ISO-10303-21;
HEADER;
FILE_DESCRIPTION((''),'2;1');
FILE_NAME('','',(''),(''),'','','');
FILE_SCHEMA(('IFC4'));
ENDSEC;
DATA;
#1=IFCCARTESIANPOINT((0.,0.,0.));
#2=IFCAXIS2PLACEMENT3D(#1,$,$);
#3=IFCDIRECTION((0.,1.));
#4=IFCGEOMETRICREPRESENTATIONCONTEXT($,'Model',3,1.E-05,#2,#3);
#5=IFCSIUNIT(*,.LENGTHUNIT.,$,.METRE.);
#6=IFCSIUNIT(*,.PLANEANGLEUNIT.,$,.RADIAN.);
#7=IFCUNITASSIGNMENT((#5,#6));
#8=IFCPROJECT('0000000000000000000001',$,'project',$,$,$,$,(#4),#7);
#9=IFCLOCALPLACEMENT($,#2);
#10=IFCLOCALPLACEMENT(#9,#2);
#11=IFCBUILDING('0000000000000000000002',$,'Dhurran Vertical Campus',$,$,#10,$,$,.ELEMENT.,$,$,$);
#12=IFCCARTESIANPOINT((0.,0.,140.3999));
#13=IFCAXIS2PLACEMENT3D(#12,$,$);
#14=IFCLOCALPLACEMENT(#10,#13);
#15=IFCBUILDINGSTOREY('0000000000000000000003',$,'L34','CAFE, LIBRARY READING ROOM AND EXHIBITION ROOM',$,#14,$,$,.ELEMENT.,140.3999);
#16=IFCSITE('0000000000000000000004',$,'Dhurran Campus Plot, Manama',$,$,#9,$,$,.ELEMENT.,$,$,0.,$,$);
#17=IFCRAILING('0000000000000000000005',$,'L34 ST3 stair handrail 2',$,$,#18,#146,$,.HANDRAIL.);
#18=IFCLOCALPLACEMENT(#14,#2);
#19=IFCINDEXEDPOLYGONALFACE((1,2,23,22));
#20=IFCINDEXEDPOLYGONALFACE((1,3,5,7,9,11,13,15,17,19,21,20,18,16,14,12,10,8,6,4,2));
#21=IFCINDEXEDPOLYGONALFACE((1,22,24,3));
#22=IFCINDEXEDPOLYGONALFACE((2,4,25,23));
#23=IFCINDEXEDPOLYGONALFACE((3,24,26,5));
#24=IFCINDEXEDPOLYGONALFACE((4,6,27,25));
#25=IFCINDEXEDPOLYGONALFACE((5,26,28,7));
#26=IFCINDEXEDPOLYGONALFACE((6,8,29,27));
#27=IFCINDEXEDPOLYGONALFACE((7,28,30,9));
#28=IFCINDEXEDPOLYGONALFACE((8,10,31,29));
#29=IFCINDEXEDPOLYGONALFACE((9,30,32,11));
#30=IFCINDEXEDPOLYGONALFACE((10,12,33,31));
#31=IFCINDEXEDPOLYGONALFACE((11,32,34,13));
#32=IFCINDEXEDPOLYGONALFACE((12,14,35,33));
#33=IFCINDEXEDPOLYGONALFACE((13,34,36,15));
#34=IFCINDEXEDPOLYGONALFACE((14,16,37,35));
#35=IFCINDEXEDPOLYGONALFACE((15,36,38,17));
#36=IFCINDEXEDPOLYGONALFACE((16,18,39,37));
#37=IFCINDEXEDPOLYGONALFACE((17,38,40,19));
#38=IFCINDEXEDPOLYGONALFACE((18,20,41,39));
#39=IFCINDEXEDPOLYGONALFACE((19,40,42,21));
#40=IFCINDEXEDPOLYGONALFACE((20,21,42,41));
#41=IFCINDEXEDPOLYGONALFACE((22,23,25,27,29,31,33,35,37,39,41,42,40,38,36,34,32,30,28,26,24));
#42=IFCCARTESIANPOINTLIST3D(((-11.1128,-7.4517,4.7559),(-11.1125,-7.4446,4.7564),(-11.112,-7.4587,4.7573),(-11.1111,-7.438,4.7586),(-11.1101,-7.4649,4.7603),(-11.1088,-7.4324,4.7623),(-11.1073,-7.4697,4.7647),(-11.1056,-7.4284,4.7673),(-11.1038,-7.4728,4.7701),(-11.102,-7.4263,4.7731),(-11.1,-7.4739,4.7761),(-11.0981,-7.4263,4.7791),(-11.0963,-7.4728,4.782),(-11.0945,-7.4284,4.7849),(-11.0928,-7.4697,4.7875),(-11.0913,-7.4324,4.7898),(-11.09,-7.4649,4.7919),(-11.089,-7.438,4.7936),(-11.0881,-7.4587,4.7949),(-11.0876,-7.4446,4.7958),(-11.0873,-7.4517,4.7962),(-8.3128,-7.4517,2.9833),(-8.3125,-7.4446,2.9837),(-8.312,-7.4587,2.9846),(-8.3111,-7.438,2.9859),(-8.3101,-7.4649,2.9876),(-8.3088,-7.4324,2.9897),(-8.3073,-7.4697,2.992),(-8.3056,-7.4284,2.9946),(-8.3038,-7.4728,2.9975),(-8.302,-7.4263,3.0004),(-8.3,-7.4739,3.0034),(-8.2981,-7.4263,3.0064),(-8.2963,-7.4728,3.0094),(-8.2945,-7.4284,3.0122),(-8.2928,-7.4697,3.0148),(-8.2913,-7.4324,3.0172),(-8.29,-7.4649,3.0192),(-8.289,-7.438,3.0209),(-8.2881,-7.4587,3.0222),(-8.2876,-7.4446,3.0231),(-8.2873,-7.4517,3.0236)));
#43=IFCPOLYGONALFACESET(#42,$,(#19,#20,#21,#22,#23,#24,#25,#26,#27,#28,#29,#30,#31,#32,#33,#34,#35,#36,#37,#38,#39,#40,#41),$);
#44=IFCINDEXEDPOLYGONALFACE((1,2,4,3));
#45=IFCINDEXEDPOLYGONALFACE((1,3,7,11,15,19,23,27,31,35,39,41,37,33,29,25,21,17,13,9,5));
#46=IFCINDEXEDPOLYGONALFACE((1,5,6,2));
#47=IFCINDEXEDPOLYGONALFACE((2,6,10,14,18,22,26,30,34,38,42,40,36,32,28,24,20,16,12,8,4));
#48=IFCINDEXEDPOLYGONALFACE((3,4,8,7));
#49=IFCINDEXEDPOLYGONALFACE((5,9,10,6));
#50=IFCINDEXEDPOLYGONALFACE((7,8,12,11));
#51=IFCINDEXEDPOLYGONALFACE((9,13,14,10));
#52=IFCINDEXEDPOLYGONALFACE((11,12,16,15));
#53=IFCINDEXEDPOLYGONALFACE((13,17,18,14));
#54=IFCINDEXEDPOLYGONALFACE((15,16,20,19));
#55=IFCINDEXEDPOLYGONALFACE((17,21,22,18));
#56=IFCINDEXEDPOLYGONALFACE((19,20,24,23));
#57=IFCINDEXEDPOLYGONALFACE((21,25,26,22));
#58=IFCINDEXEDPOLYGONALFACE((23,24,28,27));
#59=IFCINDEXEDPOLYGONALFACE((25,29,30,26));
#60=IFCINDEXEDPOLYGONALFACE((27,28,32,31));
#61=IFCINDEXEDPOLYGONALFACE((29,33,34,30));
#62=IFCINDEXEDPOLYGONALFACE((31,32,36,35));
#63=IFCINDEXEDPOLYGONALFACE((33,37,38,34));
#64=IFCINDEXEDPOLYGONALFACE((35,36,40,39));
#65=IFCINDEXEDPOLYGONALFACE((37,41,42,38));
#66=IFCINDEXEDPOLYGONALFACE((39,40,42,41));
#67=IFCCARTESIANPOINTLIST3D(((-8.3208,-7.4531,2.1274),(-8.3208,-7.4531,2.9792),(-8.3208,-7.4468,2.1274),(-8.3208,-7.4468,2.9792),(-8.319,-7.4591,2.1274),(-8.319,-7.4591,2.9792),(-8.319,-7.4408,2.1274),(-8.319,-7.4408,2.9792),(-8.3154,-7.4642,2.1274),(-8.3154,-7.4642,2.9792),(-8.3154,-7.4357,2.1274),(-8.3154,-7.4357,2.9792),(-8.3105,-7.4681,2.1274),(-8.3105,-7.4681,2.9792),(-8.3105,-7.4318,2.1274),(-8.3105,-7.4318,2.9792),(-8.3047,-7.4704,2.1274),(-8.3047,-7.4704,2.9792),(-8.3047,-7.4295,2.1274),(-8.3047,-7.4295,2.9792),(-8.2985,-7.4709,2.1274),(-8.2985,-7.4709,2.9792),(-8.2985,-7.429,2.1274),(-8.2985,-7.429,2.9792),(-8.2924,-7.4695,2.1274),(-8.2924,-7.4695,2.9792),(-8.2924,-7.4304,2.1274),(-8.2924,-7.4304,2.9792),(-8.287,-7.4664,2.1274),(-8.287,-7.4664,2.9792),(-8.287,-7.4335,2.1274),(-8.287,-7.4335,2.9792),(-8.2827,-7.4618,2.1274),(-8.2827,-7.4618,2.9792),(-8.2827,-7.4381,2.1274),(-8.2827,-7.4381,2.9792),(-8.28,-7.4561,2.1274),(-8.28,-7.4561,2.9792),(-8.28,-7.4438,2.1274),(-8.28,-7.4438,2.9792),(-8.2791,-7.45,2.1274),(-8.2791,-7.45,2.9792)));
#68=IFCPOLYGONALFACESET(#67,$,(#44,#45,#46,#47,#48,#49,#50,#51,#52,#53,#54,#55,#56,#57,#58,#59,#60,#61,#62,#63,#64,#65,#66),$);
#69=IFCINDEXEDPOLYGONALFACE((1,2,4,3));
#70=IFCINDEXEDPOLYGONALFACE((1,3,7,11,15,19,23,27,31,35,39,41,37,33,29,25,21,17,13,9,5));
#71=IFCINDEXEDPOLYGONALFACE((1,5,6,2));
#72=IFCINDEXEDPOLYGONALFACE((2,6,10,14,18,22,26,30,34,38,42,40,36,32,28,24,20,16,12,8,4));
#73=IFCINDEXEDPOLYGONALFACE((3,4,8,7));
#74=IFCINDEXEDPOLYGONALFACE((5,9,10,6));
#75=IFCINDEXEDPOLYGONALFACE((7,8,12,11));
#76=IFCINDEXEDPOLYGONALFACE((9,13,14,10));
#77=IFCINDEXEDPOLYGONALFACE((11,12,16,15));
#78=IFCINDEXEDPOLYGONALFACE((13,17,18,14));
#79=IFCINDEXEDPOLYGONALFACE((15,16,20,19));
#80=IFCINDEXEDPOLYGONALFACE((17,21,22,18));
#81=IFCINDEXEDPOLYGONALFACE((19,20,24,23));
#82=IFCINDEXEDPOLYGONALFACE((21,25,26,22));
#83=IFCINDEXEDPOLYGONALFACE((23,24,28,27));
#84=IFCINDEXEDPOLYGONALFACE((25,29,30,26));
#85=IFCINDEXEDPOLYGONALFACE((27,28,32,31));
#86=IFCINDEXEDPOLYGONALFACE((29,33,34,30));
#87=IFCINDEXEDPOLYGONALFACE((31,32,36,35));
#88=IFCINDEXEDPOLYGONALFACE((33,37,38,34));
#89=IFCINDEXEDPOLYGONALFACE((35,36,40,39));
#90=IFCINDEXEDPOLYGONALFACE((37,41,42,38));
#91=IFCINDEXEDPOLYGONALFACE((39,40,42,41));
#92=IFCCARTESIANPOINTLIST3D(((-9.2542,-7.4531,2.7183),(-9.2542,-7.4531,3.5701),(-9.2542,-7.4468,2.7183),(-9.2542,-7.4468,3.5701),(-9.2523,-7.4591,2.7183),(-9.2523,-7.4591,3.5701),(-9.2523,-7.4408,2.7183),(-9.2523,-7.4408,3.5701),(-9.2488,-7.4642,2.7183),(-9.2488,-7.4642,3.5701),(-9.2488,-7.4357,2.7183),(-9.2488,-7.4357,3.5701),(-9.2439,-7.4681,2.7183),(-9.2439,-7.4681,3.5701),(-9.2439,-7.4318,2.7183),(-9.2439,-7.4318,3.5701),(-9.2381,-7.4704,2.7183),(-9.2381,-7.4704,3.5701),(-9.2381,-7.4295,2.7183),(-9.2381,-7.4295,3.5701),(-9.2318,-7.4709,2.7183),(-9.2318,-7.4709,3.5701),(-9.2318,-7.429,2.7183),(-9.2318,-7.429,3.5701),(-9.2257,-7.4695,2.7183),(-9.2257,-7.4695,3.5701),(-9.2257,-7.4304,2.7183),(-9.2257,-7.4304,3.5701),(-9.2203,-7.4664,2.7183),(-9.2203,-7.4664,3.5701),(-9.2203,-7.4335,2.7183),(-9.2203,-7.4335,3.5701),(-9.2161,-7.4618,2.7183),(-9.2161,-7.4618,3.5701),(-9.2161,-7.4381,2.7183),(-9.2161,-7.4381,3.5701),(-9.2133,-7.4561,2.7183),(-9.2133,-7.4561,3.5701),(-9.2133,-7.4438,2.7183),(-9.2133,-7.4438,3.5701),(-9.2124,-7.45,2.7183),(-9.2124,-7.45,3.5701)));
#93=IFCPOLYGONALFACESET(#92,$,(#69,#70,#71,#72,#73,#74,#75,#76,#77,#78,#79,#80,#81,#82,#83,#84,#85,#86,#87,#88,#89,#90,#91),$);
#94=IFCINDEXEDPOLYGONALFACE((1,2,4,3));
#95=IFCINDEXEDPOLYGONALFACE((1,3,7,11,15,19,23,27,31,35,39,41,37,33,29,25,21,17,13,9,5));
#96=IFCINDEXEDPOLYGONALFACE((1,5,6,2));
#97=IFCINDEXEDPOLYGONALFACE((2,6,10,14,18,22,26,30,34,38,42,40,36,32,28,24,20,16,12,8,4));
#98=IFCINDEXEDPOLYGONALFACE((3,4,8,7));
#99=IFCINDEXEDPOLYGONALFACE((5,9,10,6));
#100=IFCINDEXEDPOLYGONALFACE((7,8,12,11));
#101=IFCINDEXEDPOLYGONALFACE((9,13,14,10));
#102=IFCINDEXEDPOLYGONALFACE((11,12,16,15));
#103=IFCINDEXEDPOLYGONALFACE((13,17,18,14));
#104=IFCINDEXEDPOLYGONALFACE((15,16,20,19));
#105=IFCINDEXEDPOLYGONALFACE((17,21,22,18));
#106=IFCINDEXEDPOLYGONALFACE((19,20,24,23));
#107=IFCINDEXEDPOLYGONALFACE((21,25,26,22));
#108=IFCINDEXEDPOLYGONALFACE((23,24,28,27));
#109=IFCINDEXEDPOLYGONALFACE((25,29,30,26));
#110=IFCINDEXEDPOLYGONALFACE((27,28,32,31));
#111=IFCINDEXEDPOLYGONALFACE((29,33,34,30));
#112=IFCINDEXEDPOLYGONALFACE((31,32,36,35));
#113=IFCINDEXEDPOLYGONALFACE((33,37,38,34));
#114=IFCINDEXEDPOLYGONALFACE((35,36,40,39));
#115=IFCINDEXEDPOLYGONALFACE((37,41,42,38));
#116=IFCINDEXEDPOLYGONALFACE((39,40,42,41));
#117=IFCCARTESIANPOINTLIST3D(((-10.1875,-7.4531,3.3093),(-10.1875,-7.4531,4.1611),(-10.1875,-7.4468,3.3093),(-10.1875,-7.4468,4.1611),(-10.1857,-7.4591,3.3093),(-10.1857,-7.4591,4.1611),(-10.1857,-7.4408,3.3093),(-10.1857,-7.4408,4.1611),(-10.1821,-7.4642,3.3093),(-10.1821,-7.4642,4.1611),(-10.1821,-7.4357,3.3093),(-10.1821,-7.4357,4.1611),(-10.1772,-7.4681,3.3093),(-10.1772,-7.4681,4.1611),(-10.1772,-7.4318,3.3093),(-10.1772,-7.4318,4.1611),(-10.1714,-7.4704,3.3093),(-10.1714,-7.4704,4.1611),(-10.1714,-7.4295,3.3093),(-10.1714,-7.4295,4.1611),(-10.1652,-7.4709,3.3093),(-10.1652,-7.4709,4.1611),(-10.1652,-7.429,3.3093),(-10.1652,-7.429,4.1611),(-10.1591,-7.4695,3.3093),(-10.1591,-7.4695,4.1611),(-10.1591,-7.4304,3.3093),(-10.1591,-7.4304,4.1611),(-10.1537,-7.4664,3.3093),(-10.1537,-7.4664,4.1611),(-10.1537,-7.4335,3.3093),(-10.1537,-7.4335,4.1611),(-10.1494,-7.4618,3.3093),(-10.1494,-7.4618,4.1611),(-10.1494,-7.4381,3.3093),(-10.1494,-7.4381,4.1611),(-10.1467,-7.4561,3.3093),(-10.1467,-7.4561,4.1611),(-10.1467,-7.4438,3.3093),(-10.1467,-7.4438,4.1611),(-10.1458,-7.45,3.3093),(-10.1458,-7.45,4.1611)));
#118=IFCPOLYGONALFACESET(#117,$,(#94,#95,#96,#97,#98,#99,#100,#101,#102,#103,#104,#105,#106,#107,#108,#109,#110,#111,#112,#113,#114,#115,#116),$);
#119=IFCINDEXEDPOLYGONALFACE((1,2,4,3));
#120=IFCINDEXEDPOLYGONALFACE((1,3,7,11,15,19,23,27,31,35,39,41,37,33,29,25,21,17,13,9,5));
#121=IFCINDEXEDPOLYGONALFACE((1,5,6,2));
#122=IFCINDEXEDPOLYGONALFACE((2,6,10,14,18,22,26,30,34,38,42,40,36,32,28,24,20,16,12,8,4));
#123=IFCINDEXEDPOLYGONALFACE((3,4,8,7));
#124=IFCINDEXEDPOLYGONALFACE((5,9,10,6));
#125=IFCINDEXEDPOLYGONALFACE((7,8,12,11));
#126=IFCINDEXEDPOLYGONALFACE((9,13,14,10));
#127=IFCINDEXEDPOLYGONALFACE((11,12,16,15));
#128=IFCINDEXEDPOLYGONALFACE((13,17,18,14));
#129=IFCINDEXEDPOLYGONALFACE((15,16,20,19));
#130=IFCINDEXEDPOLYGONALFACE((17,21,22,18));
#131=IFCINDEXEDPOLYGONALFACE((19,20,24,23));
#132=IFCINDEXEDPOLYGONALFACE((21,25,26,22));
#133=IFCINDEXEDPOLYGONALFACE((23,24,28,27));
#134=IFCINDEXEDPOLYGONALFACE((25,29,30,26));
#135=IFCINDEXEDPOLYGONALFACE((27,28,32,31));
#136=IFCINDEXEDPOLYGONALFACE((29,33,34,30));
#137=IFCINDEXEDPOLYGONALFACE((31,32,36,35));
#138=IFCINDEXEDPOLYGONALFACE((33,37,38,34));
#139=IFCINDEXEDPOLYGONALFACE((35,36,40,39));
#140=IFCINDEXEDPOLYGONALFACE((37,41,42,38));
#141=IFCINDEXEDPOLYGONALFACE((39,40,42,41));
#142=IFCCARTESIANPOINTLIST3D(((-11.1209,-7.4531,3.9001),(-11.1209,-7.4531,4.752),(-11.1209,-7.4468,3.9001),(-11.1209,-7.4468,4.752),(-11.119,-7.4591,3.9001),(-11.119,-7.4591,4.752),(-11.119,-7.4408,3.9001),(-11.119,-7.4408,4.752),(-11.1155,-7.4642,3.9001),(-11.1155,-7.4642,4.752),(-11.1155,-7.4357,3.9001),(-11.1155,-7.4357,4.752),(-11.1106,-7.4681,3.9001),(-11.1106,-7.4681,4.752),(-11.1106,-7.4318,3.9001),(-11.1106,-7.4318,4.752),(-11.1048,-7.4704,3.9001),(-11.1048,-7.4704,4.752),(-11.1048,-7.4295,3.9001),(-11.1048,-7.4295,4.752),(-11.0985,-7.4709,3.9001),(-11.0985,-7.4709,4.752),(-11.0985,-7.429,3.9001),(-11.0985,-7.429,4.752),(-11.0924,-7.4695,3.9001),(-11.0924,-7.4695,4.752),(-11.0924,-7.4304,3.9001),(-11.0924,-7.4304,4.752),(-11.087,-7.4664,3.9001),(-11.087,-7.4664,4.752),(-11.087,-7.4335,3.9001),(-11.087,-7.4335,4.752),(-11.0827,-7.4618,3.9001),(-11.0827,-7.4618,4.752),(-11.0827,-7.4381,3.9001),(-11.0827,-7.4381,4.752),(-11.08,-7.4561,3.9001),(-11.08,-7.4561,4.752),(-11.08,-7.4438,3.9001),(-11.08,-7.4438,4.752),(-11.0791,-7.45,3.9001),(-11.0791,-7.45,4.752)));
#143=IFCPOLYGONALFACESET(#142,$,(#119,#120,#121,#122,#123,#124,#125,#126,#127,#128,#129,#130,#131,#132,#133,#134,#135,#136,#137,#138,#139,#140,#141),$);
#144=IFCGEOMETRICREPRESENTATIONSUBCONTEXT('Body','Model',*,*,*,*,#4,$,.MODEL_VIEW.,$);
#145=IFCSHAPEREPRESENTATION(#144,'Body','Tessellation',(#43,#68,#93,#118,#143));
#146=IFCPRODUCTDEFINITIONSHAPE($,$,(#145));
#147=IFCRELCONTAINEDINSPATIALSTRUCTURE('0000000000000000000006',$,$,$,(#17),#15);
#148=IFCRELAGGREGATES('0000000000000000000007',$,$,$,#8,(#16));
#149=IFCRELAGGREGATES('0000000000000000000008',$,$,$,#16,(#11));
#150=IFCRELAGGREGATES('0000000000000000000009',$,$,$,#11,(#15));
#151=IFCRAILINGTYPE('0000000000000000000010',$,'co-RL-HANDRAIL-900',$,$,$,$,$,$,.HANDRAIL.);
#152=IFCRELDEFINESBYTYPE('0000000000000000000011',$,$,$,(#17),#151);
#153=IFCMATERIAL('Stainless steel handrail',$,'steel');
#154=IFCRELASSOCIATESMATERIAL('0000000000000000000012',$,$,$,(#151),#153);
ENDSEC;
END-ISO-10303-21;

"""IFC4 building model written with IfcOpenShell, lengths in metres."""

from ifc_helpers import new_model, si_unit, direction, frame, origin, origin_2d, place, context, subcontext, project, spatial, circle, extrude, material, type_object, element, save


model = new_model("IFC4")

# Units and contexts
model_context = context("Model", 3, precision=1e-05, world=origin(), true_north=direction((0.0, 1.0)))
body_context = subcontext(model_context, "Body", "Model", "MODEL_VIEW")
ifc_project = project(units=[si_unit("LENGTHUNIT", "METRE"), si_unit("PLANEANGLEUNIT", "RADIAN")], contexts=[model_context])

# Site, building, storey
site_placement = place(None, origin())
site = spatial("IfcSite", under=ifc_project, at=site_placement, Name="Dhurran Campus Plot, Manama", CompositionType="ELEMENT", RefElevation=0.0)
building_placement = place(site_placement, origin())
building = spatial("IfcBuilding", under=site, at=building_placement, Name="Dhurran Vertical Campus", CompositionType="ELEMENT")
storey_placement = place(building_placement, frame((0.0, 0.0, 140.3999)))
storey = spatial("IfcBuildingStorey", under=building, at=storey_placement, Name="L34", Description="CAFE, LIBRARY READING ROOM AND EXHIBITION ROOM", CompositionType="ELEMENT", Elevation=140.3999)

# Railing
ifc_material_1 = material(Name="Stainless steel handrail", Category="steel")
railing_type_1 = type_object("IfcRailingType", Name="co-RL-HANDRAIL-900", PredefinedType="HANDRAIL", material=ifc_material_1)
railing_1_placement = place(storey_placement, frame((-8.3, -7.45, 2.1274)))
element("IfcRailing", 1, at=railing_1_placement, inside=storey, type_object=railing_type_1, Name="L34 ST3 stair handrail 2", PredefinedType="HANDRAIL", context=body_context, shape_type="SweptSolid", body=[
    extrude(circle(Radius=0.0239, at=origin_2d()), frame((0.0, 0.0, 0.876), z_axis=(-0.844909, 0.0, 0.53491), x_axis=(0.0, -1.0, 0.0)), (0.0, 0.0, 1.0), 3.314),
    extrude(circle(Radius=0.021, at=origin_2d()), origin(), (0.0, 0.0, 1.0), 0.8518),
    extrude(circle(Radius=0.021, at=origin_2d()), frame((-0.9333, 0.0, 0.5908)), (0.0, 0.0, 1.0), 0.8518),
    extrude(circle(Radius=0.021, at=origin_2d()), frame((-1.8667, 0.0, 1.1819)), (0.0, 0.0, 1.0), 0.8518),
    extrude(circle(Radius=0.021, at=origin_2d()), frame((-2.8, 0.0, 1.7727)), (0.0, 0.0, 1.0), 0.8518),
])

save(model, "model.ifc")
